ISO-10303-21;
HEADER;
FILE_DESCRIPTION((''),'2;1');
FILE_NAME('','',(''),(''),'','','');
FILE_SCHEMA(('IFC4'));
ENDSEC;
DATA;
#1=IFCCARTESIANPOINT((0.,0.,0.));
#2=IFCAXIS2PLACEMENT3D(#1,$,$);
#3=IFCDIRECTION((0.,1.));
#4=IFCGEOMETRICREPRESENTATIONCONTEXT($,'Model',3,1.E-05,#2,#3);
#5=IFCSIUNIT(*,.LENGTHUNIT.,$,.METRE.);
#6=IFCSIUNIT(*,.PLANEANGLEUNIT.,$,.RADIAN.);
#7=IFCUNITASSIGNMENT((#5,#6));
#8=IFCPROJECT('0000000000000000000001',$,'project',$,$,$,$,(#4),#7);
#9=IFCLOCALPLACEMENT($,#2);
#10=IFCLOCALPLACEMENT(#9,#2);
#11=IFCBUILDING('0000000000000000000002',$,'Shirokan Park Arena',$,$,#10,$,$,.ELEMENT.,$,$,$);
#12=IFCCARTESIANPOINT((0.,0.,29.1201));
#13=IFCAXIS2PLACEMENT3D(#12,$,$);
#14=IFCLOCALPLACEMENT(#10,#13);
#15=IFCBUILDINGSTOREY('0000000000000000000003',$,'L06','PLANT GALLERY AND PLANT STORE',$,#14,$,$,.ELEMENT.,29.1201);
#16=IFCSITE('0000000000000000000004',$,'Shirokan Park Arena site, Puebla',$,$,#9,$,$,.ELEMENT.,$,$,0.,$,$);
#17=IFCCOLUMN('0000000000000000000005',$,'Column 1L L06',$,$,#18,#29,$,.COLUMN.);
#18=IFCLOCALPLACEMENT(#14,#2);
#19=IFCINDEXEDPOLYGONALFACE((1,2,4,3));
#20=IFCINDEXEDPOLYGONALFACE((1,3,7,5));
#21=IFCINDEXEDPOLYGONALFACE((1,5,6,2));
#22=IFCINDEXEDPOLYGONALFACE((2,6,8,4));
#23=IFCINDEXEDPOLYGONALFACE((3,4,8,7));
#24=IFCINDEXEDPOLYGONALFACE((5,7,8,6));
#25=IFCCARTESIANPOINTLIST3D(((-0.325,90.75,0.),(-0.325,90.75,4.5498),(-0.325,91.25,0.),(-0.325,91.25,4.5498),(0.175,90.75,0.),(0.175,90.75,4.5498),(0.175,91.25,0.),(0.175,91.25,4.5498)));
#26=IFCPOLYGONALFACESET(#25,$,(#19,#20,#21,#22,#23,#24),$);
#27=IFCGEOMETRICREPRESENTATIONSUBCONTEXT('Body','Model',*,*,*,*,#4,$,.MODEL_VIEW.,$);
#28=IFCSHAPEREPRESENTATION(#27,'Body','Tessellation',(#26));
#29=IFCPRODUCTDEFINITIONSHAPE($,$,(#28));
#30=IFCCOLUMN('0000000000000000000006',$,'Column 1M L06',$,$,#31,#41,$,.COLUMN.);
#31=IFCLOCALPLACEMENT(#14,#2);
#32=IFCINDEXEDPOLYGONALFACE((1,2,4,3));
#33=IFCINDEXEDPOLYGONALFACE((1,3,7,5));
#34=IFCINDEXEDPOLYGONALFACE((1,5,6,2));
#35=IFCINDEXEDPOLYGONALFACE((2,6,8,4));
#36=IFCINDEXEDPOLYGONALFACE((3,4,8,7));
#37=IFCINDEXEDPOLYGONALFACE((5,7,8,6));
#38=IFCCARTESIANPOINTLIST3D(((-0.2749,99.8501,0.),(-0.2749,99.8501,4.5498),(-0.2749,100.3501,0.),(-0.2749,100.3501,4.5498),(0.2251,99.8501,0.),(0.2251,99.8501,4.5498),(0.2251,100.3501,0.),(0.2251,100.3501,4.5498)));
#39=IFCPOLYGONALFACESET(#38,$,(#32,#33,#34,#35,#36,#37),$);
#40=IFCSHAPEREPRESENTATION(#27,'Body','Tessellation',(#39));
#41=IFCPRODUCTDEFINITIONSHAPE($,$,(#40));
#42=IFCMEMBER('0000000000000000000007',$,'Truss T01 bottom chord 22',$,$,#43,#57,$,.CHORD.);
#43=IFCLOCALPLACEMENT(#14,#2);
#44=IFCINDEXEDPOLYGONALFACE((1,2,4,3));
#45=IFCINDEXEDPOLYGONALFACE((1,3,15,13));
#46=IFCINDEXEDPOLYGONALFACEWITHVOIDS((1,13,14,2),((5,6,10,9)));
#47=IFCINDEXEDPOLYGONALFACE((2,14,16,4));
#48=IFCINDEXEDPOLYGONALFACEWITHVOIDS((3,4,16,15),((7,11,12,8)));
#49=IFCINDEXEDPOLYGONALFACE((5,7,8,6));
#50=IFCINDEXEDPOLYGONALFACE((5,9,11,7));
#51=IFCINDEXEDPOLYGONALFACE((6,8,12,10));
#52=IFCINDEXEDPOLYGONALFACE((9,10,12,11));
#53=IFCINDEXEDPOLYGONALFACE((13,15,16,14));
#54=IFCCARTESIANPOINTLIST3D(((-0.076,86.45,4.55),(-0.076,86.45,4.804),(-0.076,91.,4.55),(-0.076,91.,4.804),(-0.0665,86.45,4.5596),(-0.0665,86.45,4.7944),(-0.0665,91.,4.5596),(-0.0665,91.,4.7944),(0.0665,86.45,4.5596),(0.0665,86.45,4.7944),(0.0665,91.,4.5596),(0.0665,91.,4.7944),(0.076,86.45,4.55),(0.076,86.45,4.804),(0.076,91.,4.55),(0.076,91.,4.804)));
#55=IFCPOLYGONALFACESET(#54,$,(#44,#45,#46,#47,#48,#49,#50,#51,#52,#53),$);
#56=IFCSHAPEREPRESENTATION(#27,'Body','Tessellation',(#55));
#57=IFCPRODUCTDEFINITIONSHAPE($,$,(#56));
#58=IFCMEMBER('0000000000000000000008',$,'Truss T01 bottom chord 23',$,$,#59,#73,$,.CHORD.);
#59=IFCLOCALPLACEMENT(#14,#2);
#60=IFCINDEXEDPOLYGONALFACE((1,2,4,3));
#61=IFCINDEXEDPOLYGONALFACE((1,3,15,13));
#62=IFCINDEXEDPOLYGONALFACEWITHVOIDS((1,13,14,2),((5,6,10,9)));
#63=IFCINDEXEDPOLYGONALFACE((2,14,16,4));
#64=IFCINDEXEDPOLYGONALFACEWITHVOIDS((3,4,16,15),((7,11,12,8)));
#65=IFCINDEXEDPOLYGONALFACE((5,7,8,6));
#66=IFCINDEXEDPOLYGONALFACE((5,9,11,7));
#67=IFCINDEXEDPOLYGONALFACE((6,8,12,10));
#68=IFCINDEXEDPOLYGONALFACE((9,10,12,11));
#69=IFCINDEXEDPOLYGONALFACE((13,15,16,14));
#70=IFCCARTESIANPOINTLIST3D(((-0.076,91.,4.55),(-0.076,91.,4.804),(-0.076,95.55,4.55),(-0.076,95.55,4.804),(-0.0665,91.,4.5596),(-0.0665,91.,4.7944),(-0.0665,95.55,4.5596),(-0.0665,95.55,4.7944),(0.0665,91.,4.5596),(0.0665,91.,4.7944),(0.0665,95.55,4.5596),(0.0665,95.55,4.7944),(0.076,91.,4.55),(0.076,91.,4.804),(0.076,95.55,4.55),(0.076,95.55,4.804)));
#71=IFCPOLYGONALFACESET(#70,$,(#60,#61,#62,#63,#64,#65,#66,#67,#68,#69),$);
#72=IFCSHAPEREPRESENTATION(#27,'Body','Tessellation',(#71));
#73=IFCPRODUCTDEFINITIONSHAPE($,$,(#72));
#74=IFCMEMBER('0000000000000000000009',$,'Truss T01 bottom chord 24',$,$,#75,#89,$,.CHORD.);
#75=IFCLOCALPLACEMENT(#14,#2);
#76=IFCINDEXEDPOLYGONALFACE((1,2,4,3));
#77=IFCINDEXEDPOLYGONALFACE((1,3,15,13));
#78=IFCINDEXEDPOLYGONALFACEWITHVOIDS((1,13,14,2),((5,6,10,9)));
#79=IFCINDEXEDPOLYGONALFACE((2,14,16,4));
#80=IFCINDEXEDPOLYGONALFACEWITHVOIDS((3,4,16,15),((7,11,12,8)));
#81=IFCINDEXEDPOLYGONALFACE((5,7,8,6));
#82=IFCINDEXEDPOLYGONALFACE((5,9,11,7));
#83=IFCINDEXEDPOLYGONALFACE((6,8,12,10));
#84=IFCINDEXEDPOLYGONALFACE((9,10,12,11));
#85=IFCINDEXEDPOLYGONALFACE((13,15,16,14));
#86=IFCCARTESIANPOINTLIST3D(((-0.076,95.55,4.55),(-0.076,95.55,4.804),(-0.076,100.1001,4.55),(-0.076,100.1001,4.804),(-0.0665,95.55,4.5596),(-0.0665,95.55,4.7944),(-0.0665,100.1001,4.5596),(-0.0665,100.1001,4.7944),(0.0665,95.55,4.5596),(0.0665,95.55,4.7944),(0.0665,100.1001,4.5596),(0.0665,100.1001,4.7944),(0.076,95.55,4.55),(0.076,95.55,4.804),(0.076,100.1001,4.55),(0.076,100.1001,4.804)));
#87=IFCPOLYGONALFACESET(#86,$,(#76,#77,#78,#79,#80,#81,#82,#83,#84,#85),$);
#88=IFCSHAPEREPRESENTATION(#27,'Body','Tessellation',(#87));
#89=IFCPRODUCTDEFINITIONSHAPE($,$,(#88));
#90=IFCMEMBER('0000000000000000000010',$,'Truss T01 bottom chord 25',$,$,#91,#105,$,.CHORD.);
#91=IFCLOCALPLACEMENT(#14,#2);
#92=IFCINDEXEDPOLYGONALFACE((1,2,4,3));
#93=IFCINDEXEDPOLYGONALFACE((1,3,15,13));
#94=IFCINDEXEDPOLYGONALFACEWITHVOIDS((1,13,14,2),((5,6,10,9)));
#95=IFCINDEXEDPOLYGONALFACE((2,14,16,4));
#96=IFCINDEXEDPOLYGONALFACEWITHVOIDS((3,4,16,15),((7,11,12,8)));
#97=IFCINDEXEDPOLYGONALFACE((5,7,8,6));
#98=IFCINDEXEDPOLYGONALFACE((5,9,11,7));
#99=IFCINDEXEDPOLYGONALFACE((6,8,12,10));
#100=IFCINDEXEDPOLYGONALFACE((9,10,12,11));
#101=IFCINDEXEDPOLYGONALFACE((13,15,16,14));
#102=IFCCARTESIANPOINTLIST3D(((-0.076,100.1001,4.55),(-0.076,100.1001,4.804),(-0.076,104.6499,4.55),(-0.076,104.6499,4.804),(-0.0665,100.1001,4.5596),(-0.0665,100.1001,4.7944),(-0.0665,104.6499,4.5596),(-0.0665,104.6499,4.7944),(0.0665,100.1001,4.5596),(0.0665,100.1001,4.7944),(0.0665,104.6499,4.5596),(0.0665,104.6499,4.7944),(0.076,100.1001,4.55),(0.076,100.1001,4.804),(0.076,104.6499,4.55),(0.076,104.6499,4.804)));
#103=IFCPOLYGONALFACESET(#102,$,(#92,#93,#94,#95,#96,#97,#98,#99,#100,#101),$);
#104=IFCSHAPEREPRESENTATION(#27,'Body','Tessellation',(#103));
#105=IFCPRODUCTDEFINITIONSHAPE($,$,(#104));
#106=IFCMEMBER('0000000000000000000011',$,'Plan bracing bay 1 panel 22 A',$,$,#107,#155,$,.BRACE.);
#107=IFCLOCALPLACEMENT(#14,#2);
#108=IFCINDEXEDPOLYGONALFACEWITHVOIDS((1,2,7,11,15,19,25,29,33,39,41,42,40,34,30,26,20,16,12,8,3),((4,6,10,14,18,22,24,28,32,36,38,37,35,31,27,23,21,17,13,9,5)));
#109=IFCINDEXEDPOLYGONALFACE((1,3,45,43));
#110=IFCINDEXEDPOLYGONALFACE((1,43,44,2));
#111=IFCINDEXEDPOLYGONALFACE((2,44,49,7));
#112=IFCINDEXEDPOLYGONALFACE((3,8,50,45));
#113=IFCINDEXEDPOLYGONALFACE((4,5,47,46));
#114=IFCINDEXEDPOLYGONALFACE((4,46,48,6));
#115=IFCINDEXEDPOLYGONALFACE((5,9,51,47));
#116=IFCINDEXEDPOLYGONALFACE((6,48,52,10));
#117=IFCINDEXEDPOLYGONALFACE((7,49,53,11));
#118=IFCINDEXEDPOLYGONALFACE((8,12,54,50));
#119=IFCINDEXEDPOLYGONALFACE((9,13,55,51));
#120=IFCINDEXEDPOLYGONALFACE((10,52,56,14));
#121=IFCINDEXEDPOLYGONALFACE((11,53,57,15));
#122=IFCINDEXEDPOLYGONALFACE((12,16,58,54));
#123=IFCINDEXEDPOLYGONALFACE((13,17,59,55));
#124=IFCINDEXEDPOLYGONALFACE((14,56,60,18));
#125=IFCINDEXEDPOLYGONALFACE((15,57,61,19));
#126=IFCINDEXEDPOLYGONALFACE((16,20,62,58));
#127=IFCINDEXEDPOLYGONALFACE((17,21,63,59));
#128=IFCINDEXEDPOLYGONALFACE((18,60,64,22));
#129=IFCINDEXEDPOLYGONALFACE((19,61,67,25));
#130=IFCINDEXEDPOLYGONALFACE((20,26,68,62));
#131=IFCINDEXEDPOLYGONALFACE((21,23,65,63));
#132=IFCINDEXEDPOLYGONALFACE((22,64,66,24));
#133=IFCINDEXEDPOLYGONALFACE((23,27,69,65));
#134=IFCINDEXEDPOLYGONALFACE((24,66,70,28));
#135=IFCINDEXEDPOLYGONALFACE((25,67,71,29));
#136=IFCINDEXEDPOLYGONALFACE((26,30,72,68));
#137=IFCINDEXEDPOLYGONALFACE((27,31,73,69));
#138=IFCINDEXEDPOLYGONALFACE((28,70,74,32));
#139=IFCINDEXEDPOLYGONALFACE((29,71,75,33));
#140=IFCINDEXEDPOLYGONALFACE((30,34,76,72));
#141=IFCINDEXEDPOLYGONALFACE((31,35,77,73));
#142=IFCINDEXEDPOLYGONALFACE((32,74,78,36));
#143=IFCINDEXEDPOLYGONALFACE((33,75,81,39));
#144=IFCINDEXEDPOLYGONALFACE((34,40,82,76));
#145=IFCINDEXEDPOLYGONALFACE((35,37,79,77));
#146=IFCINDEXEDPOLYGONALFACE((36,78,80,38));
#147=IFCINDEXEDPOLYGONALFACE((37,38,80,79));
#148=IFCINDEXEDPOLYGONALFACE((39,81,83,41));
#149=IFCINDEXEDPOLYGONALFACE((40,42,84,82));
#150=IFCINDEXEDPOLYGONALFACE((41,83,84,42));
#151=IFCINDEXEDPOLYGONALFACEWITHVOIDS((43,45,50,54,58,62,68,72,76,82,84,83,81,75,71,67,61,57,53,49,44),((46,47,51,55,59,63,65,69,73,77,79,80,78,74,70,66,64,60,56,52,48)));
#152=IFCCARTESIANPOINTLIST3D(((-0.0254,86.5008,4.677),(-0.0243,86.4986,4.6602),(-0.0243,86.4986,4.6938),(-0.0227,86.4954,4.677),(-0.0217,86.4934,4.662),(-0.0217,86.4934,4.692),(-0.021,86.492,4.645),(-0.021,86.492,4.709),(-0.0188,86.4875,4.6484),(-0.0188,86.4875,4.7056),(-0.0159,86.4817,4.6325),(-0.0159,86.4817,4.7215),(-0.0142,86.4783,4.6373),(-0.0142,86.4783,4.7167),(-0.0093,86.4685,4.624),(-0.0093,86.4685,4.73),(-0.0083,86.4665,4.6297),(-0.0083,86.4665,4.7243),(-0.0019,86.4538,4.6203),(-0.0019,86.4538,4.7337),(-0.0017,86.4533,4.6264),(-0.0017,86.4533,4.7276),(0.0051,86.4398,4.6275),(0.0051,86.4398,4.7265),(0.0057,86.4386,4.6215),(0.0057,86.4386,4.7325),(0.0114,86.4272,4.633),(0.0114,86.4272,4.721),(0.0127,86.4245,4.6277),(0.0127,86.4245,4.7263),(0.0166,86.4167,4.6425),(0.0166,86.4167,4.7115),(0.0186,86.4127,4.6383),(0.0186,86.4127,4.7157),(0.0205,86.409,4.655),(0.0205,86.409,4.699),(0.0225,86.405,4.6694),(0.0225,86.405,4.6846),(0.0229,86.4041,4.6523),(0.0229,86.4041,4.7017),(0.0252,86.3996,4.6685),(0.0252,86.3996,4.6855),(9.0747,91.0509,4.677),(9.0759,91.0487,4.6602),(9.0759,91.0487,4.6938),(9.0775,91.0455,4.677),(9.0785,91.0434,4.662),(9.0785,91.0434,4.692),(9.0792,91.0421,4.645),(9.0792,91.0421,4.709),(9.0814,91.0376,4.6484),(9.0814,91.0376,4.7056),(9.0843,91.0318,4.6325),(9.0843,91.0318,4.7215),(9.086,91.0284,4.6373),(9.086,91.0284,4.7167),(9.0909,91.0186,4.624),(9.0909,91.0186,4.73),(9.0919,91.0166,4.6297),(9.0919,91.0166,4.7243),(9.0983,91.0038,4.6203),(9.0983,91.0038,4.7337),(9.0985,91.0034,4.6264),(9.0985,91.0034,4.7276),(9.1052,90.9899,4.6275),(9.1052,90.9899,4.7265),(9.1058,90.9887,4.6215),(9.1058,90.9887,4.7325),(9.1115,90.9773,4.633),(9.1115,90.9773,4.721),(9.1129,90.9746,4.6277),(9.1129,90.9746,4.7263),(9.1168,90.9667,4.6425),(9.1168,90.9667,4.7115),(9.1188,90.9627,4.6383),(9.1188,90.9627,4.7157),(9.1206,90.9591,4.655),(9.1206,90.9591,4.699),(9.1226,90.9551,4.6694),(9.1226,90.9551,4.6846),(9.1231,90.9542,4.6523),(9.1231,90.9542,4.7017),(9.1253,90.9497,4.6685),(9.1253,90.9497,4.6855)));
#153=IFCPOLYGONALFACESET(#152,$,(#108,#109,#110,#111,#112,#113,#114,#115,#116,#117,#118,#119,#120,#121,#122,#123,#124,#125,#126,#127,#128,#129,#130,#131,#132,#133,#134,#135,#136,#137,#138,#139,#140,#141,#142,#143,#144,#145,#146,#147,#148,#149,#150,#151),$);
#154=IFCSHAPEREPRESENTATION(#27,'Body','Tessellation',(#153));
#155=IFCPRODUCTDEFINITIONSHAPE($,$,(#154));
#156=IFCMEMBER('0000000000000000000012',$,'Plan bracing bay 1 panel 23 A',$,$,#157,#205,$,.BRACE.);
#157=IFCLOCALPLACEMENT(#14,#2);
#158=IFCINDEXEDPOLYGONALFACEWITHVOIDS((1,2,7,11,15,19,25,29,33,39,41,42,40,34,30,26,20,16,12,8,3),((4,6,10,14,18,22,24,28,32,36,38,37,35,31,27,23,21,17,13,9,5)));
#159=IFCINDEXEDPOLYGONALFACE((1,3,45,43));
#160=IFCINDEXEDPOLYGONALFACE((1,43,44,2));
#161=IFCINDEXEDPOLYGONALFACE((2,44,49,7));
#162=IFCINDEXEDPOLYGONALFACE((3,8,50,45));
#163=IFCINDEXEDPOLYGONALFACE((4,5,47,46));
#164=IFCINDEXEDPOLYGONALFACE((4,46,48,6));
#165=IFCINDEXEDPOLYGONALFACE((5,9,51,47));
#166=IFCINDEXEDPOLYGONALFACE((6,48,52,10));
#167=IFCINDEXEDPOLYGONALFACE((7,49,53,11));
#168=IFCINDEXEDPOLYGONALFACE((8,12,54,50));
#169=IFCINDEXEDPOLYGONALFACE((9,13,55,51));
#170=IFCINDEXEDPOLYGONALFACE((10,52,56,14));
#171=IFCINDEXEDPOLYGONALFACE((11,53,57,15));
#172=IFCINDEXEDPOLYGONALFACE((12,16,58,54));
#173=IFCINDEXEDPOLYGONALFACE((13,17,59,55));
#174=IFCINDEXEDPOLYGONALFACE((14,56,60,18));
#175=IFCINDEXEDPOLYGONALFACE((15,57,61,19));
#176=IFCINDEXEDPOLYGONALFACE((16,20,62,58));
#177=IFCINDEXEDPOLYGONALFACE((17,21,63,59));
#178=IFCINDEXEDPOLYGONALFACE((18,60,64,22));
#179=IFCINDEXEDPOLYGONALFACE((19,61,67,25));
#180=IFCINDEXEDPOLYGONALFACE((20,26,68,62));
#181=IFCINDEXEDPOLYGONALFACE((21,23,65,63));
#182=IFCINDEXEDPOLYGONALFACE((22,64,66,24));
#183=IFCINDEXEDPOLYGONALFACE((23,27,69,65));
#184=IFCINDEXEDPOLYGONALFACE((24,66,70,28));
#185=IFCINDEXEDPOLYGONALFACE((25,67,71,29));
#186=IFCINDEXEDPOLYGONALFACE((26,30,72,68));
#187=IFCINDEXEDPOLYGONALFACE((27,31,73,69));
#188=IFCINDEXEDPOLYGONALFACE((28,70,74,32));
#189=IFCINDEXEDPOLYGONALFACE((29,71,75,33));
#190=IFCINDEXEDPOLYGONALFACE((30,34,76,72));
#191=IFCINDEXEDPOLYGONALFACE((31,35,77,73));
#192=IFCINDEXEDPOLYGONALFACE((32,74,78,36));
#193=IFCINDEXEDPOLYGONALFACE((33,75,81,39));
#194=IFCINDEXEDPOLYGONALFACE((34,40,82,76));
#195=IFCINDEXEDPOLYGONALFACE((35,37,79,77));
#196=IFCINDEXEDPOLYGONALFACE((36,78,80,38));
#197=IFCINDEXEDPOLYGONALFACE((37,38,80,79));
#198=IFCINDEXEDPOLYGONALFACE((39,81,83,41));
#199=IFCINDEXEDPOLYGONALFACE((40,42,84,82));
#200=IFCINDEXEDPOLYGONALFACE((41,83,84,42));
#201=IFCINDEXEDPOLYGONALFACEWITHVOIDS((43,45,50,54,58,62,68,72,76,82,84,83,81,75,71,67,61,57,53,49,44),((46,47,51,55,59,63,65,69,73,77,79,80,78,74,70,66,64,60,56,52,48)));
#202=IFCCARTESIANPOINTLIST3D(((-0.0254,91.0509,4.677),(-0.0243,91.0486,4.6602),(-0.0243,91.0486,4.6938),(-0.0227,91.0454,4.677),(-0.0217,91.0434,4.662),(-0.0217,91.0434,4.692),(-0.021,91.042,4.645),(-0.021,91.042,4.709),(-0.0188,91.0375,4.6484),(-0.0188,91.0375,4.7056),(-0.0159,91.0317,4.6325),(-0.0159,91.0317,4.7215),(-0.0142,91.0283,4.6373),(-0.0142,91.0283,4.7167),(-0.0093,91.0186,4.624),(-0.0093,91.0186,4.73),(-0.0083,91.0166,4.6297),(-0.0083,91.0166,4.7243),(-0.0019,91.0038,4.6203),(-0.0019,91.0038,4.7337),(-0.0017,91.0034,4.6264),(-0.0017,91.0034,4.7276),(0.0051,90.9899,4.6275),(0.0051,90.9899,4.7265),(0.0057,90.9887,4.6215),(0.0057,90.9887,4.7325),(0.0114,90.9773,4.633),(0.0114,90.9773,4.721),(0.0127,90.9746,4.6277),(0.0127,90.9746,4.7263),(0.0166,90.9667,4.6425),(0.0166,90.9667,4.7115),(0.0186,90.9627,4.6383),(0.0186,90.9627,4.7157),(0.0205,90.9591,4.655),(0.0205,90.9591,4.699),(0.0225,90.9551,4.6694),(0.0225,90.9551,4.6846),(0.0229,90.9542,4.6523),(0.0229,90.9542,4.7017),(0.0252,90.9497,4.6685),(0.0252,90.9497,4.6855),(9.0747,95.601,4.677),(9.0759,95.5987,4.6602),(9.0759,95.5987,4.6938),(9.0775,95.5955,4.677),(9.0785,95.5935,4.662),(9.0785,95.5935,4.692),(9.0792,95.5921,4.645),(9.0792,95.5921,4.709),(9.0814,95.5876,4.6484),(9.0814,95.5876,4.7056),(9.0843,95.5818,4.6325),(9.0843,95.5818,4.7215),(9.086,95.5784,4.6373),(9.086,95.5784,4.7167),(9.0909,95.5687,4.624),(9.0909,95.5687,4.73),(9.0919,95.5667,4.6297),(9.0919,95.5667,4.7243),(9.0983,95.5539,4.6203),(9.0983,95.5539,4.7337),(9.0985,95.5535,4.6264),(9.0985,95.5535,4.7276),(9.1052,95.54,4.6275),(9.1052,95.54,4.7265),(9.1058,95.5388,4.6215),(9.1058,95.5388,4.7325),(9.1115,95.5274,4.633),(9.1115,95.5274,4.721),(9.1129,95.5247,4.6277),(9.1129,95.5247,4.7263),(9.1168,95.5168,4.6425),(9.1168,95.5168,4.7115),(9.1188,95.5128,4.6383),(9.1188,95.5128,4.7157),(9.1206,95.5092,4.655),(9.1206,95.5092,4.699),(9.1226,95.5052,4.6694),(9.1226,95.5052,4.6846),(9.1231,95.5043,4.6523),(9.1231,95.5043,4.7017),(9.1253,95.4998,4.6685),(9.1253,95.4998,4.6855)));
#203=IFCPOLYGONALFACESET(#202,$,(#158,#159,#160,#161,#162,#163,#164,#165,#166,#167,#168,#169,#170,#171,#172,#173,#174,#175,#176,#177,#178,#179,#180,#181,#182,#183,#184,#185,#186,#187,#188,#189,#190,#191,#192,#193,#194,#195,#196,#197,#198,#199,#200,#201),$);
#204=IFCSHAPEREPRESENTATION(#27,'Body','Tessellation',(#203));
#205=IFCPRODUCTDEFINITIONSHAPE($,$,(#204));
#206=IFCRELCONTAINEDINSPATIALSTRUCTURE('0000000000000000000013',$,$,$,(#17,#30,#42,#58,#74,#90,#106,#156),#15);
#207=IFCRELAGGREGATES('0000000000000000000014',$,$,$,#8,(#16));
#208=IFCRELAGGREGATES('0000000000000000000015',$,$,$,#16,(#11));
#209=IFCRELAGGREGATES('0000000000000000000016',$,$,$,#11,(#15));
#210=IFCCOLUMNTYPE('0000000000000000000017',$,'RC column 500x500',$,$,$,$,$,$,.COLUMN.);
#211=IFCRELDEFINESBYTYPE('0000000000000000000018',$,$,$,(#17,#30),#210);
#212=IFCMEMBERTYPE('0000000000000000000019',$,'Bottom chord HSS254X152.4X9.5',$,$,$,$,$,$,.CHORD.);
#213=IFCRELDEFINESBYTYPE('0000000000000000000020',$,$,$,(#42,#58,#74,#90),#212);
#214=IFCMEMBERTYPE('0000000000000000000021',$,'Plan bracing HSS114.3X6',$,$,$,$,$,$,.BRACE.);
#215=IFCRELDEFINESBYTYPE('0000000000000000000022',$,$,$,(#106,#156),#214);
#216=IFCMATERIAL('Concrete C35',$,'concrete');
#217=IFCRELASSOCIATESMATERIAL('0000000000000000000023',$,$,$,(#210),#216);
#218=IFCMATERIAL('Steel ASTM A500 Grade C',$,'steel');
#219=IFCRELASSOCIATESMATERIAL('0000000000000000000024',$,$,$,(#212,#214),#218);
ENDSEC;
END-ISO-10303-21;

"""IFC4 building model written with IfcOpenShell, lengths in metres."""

from ifc_helpers import new_model, si_unit, direction, frame, origin, origin_2d, place, context, subcontext, project, spatial, rectangle, hollow_rectangle, hollow_circle, extrude, material, material_profile, profile_set, type_object, element, save


model = new_model("IFC4")

# Units and contexts
model_context = context("Model", 3, precision=1e-05, world=origin(), true_north=direction((0.0, 1.0)))
body_context = subcontext(model_context, "Body", "Model", "MODEL_VIEW")
ifc_project = project(units=[si_unit("LENGTHUNIT", "METRE"), si_unit("PLANEANGLEUNIT", "RADIAN")], contexts=[model_context])

# Site, building, storey
site_placement = place(None, origin())
site = spatial("IfcSite", under=ifc_project, at=site_placement, Name="Shirokan Park Arena site, Puebla", CompositionType="ELEMENT", RefElevation=0.0)
building_placement = place(site_placement, origin())
building = spatial("IfcBuilding", under=site, at=building_placement, Name="Shirokan Park Arena", CompositionType="ELEMENT")
storey_placement = place(building_placement, frame((0.0, 0.0, 29.1201)))
storey = spatial("IfcBuildingStorey", under=building, at=storey_placement, Name="L06", Description="PLANT GALLERY AND PLANT STORE", CompositionType="ELEMENT", Elevation=29.1201)

# Columns
ifc_material_1 = material(Name="Concrete C35", Category="concrete")
ifc_material_profile_1 = material_profile(ifc_material_1, rectangle(XDim=0.5, YDim=0.5, at=origin_2d()), Name="500x500")
ifc_profile_set_1 = profile_set([ifc_material_profile_1], Name="Concrete C35")
column_type = type_object("IfcColumnType", Name="RC column 500x500", PredefinedType="COLUMN", material=ifc_profile_set_1)
for number, where, z_axis, x_axis, name in (
    (1, (-0.075, 91.0, 0.0), (0.0, 0.0, 1.0), (1.0, 0.0, 0.0), "Column 1L L06"),
    (2, (-0.0249, 100.1001, 0.0), (0.0, 0.0, 1.0), (1.0, 0.0, 0.0), "Column 1M L06"),
):
    element("IfcColumn", number, at=place(storey_placement, frame(where, z_axis=z_axis, x_axis=x_axis)), inside=storey, type_object=column_type, Name=name, PredefinedType="COLUMN", context=body_context, shape_type="SweptSolid", body=[
        extrude(rectangle(XDim=0.5, YDim=0.5, at=origin_2d()), origin(), (0.0, 0.0, 1.0), 4.5498),
    ])

# Members
ifc_material_2 = material(Name="Steel ASTM A500 Grade C", Category="steel")
ifc_material_profile_2 = material_profile(ifc_material_2, hollow_rectangle(XDim=0.1521, YDim=0.2539, WallThickness=0.0095, at=origin_2d()), Name="HSS254X152.4X9.5")
ifc_profile_set_2 = profile_set([ifc_material_profile_2], Name="Steel ASTM A500 Grade C")
member_type_1 = type_object("IfcMemberType", Name="Bottom chord HSS254X152.4X9.5", PredefinedType="CHORD", material=ifc_profile_set_2)
for number, where, z_axis, x_axis, name in (
    (3, (0.0, 86.45, 4.677), (0.0, 1.0, 0.0), (-1.0, 0.0, 0.0), "Truss T01 bottom chord 22"),
    (4, (0.0, 91.0, 4.677), (0.0, 1.0, 0.0), (-1.0, 0.0, 0.0), "Truss T01 bottom chord 23"),
    (5, (0.0, 95.55, 4.677), (0.0, 1.0, 0.0), (-1.0, 0.0, 0.0), "Truss T01 bottom chord 24"),
):
    element("IfcMember", number, at=place(storey_placement, frame(where, z_axis=z_axis, x_axis=x_axis)), inside=storey, type_object=member_type_1, Name=name, PredefinedType="CHORD", context=body_context, shape_type="SweptSolid", body=[
        extrude(hollow_rectangle(XDim=0.1521, YDim=0.2539, WallThickness=0.0095, at=origin_2d()), origin(), (0.0, 0.0, 1.0), 4.55),
    ])
member_1_placement = place(storey_placement, frame((0.0, 100.1001, 4.677), z_axis=(0.0, 1.0, 0.0), x_axis=(-1.0, 0.0, 0.0)))
element("IfcMember", 6, at=member_1_placement, inside=storey, type_object=member_type_1, Name="Truss T01 bottom chord 25", PredefinedType="CHORD", context=body_context, shape_type="SweptSolid", body=[
    extrude(hollow_rectangle(XDim=0.1521, YDim=0.2539, WallThickness=0.0095, at=origin_2d()), origin(), (0.0, 0.0, 1.0), 4.5498),
])
ifc_material_profile_3 = material_profile(ifc_material_2, hollow_circle(Radius=0.0569, WallThickness=0.0061, at=origin_2d()), Name="HSS114.3X6")
ifc_profile_set_3 = profile_set([ifc_material_profile_3], Name="Steel ASTM A500 Grade C")
member_type_2 = type_object("IfcMemberType", Name="Plan bracing HSS114.3X6", PredefinedType="BRACE", material=ifc_profile_set_3)
for number, where, z_axis, x_axis, name in (
    (7, (0.0, 86.45, 4.677), (0.894427, 0.447214, 0.0), (-0.447214, 0.894427, 0.0), "Plan bracing bay 1 panel 22 A"),
    (8, (0.0, 91.0, 4.677), (0.894427, 0.447214, 0.0), (-0.447214, 0.894427, 0.0), "Plan bracing bay 1 panel 23 A"),
):
    element("IfcMember", number, at=place(storey_placement, frame(where, z_axis=z_axis, x_axis=x_axis)), inside=storey, type_object=member_type_2, Name=name, PredefinedType="BRACE", context=body_context, shape_type="SweptSolid", body=[
        extrude(hollow_circle(Radius=0.0569, WallThickness=0.0061, at=origin_2d()), origin(), (0.0, 0.0, 1.0), 10.1743),
    ])

save(model, "model.ifc")
